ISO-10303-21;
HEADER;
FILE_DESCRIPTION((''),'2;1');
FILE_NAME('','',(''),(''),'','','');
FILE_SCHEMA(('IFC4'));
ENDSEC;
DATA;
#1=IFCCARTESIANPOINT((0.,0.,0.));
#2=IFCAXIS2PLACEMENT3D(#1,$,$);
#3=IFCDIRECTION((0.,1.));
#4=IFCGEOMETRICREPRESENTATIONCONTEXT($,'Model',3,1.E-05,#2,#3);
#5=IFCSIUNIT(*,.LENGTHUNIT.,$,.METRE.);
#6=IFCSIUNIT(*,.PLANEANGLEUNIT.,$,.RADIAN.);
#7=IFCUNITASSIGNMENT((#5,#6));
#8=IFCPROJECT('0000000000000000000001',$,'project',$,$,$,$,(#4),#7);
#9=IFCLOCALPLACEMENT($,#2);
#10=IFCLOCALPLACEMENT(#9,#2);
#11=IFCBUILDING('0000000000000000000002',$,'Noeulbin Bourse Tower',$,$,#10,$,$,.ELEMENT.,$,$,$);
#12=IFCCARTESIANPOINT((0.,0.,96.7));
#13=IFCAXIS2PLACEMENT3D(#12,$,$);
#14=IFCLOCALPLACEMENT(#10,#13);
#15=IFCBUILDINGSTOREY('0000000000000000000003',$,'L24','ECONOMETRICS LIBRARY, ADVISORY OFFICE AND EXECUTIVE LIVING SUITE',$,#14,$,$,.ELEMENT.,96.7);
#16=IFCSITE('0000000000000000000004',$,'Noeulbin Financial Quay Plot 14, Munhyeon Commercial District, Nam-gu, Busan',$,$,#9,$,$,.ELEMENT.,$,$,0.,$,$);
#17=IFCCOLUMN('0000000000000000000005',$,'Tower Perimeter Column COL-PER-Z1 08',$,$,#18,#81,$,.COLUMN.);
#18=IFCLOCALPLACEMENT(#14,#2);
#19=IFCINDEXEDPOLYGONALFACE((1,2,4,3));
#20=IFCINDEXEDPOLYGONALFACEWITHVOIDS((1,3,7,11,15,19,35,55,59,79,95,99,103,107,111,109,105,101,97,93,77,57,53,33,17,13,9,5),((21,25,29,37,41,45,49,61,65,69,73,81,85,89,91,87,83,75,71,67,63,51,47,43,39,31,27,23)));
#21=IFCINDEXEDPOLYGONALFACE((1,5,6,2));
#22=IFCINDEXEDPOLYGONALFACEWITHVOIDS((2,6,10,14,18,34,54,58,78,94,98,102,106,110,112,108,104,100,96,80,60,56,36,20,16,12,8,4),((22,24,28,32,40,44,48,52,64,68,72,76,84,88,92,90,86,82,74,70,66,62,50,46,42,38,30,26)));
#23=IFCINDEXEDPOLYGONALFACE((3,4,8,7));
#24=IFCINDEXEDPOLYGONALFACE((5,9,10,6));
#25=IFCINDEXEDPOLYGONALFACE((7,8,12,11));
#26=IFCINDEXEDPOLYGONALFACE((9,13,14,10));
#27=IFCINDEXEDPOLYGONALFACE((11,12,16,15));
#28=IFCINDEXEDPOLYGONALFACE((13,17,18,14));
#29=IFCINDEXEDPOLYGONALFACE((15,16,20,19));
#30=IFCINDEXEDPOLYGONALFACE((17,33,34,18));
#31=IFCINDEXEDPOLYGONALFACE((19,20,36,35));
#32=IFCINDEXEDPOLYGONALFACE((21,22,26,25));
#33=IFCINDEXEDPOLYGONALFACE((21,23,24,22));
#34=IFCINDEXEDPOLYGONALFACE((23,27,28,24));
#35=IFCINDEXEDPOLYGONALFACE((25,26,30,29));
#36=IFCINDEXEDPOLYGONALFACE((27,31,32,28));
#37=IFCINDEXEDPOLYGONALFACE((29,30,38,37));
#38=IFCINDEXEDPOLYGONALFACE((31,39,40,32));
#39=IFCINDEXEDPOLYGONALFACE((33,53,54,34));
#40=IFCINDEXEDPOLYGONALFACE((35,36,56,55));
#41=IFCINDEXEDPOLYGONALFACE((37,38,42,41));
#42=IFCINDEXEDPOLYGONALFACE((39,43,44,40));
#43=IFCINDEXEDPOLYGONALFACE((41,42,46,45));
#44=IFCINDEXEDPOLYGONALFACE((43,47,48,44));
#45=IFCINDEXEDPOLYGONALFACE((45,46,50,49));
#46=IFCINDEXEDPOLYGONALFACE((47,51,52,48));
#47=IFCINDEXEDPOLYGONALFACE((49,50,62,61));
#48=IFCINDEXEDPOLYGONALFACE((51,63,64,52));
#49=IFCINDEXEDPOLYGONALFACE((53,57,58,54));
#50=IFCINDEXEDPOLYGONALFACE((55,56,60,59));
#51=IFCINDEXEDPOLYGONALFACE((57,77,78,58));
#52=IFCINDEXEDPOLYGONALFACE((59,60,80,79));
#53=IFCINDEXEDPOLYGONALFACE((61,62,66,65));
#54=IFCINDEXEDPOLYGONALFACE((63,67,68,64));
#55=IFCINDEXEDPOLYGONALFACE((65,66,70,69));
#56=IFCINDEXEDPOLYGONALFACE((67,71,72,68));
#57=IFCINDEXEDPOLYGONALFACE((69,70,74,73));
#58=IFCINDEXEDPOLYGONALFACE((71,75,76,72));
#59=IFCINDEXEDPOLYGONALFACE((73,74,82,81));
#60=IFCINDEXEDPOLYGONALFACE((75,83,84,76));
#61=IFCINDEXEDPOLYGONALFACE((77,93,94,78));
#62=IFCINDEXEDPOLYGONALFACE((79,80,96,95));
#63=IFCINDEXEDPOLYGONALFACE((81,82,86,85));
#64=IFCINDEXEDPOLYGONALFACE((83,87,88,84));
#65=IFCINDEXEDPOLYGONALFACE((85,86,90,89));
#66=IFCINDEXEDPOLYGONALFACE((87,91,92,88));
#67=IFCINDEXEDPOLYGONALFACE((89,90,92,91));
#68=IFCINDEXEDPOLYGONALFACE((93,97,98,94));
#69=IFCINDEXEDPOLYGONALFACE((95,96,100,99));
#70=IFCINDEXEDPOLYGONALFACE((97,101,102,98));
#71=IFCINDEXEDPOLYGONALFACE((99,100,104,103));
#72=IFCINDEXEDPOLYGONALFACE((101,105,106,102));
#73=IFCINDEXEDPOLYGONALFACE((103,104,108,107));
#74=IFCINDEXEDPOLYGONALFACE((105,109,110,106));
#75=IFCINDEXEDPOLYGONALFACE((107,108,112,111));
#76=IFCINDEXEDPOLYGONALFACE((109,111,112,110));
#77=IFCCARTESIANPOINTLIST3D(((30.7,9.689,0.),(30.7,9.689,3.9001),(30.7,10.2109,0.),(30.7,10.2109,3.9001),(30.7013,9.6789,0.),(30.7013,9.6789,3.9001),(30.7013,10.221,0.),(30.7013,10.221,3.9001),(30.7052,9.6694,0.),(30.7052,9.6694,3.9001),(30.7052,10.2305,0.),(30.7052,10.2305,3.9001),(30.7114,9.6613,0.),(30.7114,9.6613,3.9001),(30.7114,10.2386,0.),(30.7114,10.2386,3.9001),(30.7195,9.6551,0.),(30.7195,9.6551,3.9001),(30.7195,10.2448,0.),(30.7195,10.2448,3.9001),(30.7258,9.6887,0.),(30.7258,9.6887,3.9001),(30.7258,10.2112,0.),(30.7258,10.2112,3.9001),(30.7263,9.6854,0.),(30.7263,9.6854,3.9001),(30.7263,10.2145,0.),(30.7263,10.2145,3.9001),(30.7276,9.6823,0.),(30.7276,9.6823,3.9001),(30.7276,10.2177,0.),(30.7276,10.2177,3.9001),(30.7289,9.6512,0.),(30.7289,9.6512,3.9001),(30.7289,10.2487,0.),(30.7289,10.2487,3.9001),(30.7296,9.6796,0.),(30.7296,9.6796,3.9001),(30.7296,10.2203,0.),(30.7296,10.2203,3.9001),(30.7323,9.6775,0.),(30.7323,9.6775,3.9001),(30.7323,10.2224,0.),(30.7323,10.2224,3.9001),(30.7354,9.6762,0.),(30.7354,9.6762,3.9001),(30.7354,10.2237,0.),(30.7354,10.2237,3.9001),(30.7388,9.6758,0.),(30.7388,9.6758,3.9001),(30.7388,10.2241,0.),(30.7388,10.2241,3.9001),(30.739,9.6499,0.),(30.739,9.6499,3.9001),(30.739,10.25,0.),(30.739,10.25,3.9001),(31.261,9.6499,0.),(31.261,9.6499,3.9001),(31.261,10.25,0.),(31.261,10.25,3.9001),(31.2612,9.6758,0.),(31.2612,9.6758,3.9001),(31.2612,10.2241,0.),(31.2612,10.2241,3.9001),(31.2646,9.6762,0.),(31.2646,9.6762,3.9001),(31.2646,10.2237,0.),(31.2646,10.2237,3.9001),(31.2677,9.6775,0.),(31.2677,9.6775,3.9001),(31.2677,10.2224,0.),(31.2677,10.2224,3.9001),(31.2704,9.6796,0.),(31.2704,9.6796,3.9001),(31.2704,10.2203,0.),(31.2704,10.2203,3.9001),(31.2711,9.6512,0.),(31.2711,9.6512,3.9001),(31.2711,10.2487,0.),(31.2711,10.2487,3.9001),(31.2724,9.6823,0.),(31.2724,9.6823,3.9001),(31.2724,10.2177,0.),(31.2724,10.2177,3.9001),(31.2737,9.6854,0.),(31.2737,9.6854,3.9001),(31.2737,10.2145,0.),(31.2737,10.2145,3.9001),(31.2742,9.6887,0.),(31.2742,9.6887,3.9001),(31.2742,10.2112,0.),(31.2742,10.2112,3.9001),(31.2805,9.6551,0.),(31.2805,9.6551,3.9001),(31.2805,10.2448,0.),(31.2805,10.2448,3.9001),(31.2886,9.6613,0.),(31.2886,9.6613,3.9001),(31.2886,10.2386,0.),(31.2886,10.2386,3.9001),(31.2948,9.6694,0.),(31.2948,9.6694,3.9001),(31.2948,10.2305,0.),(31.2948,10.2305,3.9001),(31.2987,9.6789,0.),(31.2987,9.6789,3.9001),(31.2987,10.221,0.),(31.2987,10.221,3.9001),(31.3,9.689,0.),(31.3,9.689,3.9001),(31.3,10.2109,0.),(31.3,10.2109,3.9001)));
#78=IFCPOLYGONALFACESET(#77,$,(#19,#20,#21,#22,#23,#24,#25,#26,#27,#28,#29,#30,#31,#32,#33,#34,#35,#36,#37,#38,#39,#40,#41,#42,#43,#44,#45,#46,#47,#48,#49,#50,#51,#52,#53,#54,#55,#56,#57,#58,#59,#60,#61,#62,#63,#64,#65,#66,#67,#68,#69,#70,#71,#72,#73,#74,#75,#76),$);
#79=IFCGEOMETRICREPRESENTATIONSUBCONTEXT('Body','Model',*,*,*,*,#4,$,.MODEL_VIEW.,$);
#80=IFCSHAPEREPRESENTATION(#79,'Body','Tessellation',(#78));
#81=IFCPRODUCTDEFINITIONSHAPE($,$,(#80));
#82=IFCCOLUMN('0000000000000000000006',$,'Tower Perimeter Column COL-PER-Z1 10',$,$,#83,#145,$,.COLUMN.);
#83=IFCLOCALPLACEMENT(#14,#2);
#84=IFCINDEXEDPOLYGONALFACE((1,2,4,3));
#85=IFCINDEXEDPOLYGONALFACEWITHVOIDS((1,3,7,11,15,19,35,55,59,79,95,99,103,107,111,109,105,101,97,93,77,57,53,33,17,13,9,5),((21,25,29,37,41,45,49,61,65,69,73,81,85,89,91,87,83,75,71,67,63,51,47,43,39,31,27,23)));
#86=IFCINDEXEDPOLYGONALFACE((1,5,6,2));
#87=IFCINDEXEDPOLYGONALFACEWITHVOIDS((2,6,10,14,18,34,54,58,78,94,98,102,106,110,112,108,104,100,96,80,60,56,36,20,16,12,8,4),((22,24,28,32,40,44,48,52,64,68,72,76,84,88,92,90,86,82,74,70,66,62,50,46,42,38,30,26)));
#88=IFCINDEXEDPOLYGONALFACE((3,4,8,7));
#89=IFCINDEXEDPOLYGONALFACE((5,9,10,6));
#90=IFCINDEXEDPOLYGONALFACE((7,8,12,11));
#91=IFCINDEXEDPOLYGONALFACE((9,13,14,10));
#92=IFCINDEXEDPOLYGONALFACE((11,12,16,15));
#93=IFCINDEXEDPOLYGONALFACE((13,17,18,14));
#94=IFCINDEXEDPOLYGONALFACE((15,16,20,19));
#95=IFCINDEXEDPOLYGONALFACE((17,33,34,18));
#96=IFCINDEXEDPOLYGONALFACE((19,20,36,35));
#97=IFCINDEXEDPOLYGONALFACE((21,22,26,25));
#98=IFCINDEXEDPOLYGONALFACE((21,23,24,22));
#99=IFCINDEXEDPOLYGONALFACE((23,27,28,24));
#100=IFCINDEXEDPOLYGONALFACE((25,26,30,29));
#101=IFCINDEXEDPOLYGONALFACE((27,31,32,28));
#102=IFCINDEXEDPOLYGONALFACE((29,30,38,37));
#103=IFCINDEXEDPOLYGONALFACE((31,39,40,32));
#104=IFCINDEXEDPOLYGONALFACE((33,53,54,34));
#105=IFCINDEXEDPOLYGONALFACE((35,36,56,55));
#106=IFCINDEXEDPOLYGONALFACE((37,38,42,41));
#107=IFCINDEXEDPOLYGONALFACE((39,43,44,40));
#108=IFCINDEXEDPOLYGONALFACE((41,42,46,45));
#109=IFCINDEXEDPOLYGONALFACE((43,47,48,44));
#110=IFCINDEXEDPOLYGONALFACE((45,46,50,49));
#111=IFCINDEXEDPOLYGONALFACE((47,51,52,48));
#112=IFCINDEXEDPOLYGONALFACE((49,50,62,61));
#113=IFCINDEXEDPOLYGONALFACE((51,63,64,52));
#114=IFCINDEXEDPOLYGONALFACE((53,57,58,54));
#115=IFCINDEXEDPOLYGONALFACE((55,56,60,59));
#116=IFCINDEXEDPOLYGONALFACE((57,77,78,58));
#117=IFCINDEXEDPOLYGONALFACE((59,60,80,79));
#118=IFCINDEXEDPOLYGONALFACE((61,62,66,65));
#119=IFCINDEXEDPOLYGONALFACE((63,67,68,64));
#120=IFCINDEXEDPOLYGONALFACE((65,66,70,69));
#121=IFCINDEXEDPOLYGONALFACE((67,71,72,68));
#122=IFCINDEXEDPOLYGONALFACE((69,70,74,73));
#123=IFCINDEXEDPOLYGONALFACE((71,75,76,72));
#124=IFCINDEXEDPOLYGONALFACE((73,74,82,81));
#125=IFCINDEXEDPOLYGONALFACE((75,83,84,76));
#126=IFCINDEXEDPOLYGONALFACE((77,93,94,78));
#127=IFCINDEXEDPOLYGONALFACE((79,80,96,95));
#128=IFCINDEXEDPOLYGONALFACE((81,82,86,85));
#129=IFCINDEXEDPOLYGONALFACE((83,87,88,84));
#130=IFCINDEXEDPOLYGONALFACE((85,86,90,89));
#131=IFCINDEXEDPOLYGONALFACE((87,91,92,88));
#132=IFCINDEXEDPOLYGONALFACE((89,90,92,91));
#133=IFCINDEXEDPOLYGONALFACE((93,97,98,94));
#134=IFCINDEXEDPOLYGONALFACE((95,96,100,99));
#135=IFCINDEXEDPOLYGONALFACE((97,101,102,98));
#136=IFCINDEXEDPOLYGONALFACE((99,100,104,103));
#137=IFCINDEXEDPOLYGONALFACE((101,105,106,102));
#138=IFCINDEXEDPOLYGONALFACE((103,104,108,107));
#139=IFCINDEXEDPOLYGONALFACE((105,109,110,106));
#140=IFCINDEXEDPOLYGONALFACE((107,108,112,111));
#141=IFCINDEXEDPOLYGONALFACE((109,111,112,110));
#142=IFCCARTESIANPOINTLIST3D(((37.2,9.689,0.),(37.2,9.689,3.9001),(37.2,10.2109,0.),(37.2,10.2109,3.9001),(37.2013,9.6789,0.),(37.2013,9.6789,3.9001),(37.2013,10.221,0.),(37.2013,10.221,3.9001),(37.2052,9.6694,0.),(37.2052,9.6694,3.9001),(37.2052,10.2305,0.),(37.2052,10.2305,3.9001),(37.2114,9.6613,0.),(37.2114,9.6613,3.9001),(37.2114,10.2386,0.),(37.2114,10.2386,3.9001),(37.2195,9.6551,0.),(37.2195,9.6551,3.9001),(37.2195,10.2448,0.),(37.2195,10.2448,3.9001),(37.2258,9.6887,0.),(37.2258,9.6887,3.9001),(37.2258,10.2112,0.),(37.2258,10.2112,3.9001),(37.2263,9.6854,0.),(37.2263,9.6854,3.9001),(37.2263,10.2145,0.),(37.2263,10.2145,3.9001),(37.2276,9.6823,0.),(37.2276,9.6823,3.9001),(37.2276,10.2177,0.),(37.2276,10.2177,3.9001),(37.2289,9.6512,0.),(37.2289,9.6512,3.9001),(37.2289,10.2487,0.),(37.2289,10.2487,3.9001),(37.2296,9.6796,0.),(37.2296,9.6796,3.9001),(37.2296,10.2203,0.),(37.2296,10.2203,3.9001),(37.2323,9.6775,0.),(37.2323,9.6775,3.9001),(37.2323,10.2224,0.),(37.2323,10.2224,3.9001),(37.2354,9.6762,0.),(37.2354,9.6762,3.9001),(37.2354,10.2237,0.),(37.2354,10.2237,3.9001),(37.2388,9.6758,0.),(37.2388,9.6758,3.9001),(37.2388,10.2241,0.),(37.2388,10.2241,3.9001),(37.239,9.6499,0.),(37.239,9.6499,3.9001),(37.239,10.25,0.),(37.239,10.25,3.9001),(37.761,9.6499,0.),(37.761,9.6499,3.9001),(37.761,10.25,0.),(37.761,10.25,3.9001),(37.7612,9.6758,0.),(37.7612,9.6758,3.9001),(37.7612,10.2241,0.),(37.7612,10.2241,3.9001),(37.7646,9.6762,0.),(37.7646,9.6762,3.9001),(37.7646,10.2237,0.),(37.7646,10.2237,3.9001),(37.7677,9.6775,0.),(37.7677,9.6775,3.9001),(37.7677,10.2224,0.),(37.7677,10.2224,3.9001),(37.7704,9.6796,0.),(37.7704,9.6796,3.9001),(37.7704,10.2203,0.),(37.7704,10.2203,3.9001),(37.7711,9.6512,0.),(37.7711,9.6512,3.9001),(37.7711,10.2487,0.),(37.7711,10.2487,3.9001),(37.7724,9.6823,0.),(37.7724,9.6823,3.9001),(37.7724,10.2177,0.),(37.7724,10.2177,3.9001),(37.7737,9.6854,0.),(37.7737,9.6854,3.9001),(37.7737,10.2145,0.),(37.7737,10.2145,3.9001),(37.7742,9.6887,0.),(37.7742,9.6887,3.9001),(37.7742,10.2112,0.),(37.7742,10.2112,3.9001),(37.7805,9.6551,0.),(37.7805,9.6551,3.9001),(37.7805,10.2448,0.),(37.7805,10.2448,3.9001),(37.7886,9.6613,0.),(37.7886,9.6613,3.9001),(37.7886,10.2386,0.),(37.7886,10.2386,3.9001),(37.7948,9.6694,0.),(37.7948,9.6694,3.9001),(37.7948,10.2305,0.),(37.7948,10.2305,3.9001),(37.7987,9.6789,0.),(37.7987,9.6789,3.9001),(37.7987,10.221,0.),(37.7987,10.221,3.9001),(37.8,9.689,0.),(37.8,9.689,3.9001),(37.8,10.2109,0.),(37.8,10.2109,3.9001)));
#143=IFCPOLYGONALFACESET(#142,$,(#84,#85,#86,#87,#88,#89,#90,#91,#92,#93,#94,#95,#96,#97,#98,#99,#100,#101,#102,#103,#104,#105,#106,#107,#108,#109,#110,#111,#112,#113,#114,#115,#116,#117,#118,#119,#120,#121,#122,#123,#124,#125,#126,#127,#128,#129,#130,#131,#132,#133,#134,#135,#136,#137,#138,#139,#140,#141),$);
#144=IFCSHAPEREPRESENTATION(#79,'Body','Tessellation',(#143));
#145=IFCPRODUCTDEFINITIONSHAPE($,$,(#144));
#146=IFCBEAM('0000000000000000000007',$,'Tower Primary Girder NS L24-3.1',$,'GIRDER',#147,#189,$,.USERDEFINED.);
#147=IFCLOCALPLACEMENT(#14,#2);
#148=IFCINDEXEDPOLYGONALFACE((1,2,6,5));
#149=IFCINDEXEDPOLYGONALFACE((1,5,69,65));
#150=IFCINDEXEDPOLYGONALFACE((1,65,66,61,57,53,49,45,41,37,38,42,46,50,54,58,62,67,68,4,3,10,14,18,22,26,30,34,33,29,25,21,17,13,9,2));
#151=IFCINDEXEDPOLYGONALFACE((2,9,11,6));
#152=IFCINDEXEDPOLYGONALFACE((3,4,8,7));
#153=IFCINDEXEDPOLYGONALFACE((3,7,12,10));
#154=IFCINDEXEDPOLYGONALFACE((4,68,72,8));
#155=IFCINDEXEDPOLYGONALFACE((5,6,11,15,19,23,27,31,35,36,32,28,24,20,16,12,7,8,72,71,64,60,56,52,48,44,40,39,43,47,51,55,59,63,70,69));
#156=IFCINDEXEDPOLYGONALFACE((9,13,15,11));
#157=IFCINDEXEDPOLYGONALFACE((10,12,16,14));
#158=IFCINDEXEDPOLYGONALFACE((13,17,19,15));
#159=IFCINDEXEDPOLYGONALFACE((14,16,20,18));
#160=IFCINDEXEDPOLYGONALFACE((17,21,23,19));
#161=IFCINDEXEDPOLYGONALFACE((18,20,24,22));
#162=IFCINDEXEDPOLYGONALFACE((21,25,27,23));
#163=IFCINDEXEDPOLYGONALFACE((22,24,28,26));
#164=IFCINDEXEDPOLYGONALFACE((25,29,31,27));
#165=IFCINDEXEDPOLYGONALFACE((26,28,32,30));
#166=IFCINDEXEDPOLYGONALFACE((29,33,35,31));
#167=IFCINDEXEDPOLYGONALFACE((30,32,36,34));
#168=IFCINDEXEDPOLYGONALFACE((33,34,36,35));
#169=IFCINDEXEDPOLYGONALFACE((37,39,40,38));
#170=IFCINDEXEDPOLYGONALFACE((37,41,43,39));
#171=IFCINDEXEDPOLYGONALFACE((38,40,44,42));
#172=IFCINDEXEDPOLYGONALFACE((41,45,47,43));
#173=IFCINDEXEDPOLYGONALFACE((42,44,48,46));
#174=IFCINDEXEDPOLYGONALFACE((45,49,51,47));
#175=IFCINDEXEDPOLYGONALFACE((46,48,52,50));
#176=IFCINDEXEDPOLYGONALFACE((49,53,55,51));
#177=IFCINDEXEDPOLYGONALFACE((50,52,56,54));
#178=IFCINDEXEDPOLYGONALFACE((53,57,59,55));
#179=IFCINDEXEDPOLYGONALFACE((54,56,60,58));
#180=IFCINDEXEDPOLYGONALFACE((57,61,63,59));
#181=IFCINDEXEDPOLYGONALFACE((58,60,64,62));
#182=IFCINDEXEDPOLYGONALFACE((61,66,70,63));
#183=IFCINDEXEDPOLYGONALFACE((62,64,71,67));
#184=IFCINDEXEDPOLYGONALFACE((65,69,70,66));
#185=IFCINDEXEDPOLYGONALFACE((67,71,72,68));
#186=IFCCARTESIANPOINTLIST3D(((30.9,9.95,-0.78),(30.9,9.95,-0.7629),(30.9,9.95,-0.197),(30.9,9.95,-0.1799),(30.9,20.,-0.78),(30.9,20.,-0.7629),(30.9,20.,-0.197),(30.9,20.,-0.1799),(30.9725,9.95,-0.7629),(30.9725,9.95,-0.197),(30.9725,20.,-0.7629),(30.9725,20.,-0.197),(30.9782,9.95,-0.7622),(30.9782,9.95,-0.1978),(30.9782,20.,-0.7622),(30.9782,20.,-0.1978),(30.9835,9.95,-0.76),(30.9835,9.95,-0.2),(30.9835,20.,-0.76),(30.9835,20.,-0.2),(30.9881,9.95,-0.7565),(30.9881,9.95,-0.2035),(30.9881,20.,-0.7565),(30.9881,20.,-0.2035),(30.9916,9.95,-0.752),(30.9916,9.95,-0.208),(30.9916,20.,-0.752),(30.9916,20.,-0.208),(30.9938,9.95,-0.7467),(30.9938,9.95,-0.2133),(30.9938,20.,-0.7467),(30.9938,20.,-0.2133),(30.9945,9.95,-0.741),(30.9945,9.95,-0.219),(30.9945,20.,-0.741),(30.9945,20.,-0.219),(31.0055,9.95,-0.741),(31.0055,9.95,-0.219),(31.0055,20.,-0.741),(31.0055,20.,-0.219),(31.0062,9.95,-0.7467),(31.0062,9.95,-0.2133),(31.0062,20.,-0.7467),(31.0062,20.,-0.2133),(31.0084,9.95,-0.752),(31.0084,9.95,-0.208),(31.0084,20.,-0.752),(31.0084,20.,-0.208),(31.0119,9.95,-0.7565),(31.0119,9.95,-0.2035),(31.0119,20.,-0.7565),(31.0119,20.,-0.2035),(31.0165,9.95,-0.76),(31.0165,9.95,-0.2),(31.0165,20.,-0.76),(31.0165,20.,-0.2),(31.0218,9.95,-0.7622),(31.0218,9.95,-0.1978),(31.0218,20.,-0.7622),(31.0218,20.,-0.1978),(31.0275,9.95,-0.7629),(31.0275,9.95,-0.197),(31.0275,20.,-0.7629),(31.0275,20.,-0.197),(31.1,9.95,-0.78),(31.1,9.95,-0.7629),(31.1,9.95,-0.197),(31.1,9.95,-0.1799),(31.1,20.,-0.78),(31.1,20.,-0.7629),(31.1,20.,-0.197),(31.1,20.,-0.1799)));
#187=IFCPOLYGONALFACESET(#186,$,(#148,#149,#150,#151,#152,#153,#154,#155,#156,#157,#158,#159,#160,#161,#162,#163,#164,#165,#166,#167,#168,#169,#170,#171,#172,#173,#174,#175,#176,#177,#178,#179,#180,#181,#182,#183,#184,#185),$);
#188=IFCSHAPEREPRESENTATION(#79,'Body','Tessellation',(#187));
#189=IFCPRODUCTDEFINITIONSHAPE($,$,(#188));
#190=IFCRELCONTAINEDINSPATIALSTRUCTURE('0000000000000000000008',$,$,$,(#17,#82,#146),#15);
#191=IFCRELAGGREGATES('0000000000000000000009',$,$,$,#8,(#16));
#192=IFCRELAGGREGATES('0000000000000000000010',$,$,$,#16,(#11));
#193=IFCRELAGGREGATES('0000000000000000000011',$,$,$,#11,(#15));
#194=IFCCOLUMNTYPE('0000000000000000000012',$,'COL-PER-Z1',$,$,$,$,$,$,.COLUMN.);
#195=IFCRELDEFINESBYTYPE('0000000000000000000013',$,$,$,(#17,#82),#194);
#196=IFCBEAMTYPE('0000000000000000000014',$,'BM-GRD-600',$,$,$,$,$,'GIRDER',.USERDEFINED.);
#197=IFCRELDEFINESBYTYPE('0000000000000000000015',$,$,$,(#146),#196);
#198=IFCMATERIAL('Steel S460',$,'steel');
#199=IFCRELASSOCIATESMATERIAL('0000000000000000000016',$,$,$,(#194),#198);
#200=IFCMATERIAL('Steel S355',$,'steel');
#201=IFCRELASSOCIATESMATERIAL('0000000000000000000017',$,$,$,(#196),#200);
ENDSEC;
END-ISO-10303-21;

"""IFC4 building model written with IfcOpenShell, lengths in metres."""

from ifc_helpers import new_model, si_unit, direction, frame, origin, origin_2d, place, context, subcontext, project, spatial, hollow_rectangle, i_section, extrude, material, material_profile, profile_set, type_object, element, save


model = new_model("IFC4")

# Units and contexts
model_context = context("Model", 3, precision=1e-05, world=origin(), true_north=direction((0.0, 1.0)))
body_context = subcontext(model_context, "Body", "Model", "MODEL_VIEW")
ifc_project = project(units=[si_unit("LENGTHUNIT", "METRE"), si_unit("PLANEANGLEUNIT", "RADIAN")], contexts=[model_context])

# Site, building, storey
site_placement = place(None, origin())
site = spatial("IfcSite", under=ifc_project, at=site_placement, Name="Noeulbin Financial Quay Plot 14, Munhyeon Commercial District, Nam-gu, Busan", CompositionType="ELEMENT", RefElevation=0.0)
building_placement = place(site_placement, origin())
building = spatial("IfcBuilding", under=site, at=building_placement, Name="Noeulbin Bourse Tower", CompositionType="ELEMENT")
storey_placement = place(building_placement, frame((0.0, 0.0, 96.7)))
storey = spatial("IfcBuildingStorey", under=building, at=storey_placement, Name="L24", Description="ECONOMETRICS LIBRARY, ADVISORY OFFICE AND EXECUTIVE LIVING SUITE", CompositionType="ELEMENT", Elevation=96.7)

# Columns
ifc_material_1 = material(Name="Steel S460", Category="steel")
ifc_material_profile_1 = material_profile(ifc_material_1, hollow_rectangle(XDim=0.6001, YDim=0.6001, WallThickness=0.0259, InnerFilletRadius=0.0129, OuterFilletRadius=0.0391, at=origin_2d()), Name="BOX-600x600x26", Category="LoadBearing")
ifc_profile_set_1 = profile_set([ifc_material_profile_1], Name="Steel S460")
column_type = type_object("IfcColumnType", Name="COL-PER-Z1", PredefinedType="COLUMN", material=ifc_profile_set_1)
for number, where, z_axis, x_axis, name in (
    (1, (31.0, 9.95, 0.0), (0.0, 0.0, 1.0), (1.0, 0.0, 0.0), "Tower Perimeter Column COL-PER-Z1 08"),
    (2, (37.5, 9.95, 0.0), (0.0, 0.0, 1.0), (1.0, 0.0, 0.0), "Tower Perimeter Column COL-PER-Z1 10"),
):
    element("IfcColumn", number, at=place(storey_placement, frame(where, z_axis=z_axis, x_axis=x_axis)), inside=storey, type_object=column_type, Name=name, PredefinedType="COLUMN", context=body_context, shape_type="SweptSolid", body=[
        extrude(hollow_rectangle(XDim=0.6001, YDim=0.6001, WallThickness=0.0259, InnerFilletRadius=0.0129, OuterFilletRadius=0.0391, at=origin_2d()), origin(), (0.0, 0.0, 1.0), 3.9001),
    ])

# Beam
ifc_material_2 = material(Name="Steel S355", Category="steel")
ifc_material_profile_2 = material_profile(ifc_material_2, i_section(OverallWidth=0.2, OverallDepth=0.6001, WebThickness=0.011, FlangeThickness=0.0171, FilletRadius=0.022, at=origin_2d()), Name="H-600x200x11x17", Category="LoadBearing")
ifc_profile_set_2 = profile_set([ifc_material_profile_2], Name="Steel S355")
beam_type_1 = type_object("IfcBeamType", Name="BM-GRD-600", ElementType="GIRDER", PredefinedType="USERDEFINED", material=ifc_profile_set_2)
for number, where, z_axis, x_axis, name in (
    (3, (31.0, 9.95, -0.48), (0.0, 1.0, 0.0), (-1.0, 0.0, 0.0), "Tower Primary Girder NS L24-3.1"),
):
    element("IfcBeam", number, at=place(storey_placement, frame(where, z_axis=z_axis, x_axis=x_axis)), inside=storey, type_object=beam_type_1, Name=name, ObjectType="GIRDER", PredefinedType="USERDEFINED", context=body_context, shape_type="SweptSolid", body=[
        extrude(i_section(OverallWidth=0.2, OverallDepth=0.6001, WebThickness=0.011, FlangeThickness=0.0171, FilletRadius=0.022, at=origin_2d()), origin(), (0.0, 0.0, 1.0), 10.05),
    ])

save(model, "model.ifc")
